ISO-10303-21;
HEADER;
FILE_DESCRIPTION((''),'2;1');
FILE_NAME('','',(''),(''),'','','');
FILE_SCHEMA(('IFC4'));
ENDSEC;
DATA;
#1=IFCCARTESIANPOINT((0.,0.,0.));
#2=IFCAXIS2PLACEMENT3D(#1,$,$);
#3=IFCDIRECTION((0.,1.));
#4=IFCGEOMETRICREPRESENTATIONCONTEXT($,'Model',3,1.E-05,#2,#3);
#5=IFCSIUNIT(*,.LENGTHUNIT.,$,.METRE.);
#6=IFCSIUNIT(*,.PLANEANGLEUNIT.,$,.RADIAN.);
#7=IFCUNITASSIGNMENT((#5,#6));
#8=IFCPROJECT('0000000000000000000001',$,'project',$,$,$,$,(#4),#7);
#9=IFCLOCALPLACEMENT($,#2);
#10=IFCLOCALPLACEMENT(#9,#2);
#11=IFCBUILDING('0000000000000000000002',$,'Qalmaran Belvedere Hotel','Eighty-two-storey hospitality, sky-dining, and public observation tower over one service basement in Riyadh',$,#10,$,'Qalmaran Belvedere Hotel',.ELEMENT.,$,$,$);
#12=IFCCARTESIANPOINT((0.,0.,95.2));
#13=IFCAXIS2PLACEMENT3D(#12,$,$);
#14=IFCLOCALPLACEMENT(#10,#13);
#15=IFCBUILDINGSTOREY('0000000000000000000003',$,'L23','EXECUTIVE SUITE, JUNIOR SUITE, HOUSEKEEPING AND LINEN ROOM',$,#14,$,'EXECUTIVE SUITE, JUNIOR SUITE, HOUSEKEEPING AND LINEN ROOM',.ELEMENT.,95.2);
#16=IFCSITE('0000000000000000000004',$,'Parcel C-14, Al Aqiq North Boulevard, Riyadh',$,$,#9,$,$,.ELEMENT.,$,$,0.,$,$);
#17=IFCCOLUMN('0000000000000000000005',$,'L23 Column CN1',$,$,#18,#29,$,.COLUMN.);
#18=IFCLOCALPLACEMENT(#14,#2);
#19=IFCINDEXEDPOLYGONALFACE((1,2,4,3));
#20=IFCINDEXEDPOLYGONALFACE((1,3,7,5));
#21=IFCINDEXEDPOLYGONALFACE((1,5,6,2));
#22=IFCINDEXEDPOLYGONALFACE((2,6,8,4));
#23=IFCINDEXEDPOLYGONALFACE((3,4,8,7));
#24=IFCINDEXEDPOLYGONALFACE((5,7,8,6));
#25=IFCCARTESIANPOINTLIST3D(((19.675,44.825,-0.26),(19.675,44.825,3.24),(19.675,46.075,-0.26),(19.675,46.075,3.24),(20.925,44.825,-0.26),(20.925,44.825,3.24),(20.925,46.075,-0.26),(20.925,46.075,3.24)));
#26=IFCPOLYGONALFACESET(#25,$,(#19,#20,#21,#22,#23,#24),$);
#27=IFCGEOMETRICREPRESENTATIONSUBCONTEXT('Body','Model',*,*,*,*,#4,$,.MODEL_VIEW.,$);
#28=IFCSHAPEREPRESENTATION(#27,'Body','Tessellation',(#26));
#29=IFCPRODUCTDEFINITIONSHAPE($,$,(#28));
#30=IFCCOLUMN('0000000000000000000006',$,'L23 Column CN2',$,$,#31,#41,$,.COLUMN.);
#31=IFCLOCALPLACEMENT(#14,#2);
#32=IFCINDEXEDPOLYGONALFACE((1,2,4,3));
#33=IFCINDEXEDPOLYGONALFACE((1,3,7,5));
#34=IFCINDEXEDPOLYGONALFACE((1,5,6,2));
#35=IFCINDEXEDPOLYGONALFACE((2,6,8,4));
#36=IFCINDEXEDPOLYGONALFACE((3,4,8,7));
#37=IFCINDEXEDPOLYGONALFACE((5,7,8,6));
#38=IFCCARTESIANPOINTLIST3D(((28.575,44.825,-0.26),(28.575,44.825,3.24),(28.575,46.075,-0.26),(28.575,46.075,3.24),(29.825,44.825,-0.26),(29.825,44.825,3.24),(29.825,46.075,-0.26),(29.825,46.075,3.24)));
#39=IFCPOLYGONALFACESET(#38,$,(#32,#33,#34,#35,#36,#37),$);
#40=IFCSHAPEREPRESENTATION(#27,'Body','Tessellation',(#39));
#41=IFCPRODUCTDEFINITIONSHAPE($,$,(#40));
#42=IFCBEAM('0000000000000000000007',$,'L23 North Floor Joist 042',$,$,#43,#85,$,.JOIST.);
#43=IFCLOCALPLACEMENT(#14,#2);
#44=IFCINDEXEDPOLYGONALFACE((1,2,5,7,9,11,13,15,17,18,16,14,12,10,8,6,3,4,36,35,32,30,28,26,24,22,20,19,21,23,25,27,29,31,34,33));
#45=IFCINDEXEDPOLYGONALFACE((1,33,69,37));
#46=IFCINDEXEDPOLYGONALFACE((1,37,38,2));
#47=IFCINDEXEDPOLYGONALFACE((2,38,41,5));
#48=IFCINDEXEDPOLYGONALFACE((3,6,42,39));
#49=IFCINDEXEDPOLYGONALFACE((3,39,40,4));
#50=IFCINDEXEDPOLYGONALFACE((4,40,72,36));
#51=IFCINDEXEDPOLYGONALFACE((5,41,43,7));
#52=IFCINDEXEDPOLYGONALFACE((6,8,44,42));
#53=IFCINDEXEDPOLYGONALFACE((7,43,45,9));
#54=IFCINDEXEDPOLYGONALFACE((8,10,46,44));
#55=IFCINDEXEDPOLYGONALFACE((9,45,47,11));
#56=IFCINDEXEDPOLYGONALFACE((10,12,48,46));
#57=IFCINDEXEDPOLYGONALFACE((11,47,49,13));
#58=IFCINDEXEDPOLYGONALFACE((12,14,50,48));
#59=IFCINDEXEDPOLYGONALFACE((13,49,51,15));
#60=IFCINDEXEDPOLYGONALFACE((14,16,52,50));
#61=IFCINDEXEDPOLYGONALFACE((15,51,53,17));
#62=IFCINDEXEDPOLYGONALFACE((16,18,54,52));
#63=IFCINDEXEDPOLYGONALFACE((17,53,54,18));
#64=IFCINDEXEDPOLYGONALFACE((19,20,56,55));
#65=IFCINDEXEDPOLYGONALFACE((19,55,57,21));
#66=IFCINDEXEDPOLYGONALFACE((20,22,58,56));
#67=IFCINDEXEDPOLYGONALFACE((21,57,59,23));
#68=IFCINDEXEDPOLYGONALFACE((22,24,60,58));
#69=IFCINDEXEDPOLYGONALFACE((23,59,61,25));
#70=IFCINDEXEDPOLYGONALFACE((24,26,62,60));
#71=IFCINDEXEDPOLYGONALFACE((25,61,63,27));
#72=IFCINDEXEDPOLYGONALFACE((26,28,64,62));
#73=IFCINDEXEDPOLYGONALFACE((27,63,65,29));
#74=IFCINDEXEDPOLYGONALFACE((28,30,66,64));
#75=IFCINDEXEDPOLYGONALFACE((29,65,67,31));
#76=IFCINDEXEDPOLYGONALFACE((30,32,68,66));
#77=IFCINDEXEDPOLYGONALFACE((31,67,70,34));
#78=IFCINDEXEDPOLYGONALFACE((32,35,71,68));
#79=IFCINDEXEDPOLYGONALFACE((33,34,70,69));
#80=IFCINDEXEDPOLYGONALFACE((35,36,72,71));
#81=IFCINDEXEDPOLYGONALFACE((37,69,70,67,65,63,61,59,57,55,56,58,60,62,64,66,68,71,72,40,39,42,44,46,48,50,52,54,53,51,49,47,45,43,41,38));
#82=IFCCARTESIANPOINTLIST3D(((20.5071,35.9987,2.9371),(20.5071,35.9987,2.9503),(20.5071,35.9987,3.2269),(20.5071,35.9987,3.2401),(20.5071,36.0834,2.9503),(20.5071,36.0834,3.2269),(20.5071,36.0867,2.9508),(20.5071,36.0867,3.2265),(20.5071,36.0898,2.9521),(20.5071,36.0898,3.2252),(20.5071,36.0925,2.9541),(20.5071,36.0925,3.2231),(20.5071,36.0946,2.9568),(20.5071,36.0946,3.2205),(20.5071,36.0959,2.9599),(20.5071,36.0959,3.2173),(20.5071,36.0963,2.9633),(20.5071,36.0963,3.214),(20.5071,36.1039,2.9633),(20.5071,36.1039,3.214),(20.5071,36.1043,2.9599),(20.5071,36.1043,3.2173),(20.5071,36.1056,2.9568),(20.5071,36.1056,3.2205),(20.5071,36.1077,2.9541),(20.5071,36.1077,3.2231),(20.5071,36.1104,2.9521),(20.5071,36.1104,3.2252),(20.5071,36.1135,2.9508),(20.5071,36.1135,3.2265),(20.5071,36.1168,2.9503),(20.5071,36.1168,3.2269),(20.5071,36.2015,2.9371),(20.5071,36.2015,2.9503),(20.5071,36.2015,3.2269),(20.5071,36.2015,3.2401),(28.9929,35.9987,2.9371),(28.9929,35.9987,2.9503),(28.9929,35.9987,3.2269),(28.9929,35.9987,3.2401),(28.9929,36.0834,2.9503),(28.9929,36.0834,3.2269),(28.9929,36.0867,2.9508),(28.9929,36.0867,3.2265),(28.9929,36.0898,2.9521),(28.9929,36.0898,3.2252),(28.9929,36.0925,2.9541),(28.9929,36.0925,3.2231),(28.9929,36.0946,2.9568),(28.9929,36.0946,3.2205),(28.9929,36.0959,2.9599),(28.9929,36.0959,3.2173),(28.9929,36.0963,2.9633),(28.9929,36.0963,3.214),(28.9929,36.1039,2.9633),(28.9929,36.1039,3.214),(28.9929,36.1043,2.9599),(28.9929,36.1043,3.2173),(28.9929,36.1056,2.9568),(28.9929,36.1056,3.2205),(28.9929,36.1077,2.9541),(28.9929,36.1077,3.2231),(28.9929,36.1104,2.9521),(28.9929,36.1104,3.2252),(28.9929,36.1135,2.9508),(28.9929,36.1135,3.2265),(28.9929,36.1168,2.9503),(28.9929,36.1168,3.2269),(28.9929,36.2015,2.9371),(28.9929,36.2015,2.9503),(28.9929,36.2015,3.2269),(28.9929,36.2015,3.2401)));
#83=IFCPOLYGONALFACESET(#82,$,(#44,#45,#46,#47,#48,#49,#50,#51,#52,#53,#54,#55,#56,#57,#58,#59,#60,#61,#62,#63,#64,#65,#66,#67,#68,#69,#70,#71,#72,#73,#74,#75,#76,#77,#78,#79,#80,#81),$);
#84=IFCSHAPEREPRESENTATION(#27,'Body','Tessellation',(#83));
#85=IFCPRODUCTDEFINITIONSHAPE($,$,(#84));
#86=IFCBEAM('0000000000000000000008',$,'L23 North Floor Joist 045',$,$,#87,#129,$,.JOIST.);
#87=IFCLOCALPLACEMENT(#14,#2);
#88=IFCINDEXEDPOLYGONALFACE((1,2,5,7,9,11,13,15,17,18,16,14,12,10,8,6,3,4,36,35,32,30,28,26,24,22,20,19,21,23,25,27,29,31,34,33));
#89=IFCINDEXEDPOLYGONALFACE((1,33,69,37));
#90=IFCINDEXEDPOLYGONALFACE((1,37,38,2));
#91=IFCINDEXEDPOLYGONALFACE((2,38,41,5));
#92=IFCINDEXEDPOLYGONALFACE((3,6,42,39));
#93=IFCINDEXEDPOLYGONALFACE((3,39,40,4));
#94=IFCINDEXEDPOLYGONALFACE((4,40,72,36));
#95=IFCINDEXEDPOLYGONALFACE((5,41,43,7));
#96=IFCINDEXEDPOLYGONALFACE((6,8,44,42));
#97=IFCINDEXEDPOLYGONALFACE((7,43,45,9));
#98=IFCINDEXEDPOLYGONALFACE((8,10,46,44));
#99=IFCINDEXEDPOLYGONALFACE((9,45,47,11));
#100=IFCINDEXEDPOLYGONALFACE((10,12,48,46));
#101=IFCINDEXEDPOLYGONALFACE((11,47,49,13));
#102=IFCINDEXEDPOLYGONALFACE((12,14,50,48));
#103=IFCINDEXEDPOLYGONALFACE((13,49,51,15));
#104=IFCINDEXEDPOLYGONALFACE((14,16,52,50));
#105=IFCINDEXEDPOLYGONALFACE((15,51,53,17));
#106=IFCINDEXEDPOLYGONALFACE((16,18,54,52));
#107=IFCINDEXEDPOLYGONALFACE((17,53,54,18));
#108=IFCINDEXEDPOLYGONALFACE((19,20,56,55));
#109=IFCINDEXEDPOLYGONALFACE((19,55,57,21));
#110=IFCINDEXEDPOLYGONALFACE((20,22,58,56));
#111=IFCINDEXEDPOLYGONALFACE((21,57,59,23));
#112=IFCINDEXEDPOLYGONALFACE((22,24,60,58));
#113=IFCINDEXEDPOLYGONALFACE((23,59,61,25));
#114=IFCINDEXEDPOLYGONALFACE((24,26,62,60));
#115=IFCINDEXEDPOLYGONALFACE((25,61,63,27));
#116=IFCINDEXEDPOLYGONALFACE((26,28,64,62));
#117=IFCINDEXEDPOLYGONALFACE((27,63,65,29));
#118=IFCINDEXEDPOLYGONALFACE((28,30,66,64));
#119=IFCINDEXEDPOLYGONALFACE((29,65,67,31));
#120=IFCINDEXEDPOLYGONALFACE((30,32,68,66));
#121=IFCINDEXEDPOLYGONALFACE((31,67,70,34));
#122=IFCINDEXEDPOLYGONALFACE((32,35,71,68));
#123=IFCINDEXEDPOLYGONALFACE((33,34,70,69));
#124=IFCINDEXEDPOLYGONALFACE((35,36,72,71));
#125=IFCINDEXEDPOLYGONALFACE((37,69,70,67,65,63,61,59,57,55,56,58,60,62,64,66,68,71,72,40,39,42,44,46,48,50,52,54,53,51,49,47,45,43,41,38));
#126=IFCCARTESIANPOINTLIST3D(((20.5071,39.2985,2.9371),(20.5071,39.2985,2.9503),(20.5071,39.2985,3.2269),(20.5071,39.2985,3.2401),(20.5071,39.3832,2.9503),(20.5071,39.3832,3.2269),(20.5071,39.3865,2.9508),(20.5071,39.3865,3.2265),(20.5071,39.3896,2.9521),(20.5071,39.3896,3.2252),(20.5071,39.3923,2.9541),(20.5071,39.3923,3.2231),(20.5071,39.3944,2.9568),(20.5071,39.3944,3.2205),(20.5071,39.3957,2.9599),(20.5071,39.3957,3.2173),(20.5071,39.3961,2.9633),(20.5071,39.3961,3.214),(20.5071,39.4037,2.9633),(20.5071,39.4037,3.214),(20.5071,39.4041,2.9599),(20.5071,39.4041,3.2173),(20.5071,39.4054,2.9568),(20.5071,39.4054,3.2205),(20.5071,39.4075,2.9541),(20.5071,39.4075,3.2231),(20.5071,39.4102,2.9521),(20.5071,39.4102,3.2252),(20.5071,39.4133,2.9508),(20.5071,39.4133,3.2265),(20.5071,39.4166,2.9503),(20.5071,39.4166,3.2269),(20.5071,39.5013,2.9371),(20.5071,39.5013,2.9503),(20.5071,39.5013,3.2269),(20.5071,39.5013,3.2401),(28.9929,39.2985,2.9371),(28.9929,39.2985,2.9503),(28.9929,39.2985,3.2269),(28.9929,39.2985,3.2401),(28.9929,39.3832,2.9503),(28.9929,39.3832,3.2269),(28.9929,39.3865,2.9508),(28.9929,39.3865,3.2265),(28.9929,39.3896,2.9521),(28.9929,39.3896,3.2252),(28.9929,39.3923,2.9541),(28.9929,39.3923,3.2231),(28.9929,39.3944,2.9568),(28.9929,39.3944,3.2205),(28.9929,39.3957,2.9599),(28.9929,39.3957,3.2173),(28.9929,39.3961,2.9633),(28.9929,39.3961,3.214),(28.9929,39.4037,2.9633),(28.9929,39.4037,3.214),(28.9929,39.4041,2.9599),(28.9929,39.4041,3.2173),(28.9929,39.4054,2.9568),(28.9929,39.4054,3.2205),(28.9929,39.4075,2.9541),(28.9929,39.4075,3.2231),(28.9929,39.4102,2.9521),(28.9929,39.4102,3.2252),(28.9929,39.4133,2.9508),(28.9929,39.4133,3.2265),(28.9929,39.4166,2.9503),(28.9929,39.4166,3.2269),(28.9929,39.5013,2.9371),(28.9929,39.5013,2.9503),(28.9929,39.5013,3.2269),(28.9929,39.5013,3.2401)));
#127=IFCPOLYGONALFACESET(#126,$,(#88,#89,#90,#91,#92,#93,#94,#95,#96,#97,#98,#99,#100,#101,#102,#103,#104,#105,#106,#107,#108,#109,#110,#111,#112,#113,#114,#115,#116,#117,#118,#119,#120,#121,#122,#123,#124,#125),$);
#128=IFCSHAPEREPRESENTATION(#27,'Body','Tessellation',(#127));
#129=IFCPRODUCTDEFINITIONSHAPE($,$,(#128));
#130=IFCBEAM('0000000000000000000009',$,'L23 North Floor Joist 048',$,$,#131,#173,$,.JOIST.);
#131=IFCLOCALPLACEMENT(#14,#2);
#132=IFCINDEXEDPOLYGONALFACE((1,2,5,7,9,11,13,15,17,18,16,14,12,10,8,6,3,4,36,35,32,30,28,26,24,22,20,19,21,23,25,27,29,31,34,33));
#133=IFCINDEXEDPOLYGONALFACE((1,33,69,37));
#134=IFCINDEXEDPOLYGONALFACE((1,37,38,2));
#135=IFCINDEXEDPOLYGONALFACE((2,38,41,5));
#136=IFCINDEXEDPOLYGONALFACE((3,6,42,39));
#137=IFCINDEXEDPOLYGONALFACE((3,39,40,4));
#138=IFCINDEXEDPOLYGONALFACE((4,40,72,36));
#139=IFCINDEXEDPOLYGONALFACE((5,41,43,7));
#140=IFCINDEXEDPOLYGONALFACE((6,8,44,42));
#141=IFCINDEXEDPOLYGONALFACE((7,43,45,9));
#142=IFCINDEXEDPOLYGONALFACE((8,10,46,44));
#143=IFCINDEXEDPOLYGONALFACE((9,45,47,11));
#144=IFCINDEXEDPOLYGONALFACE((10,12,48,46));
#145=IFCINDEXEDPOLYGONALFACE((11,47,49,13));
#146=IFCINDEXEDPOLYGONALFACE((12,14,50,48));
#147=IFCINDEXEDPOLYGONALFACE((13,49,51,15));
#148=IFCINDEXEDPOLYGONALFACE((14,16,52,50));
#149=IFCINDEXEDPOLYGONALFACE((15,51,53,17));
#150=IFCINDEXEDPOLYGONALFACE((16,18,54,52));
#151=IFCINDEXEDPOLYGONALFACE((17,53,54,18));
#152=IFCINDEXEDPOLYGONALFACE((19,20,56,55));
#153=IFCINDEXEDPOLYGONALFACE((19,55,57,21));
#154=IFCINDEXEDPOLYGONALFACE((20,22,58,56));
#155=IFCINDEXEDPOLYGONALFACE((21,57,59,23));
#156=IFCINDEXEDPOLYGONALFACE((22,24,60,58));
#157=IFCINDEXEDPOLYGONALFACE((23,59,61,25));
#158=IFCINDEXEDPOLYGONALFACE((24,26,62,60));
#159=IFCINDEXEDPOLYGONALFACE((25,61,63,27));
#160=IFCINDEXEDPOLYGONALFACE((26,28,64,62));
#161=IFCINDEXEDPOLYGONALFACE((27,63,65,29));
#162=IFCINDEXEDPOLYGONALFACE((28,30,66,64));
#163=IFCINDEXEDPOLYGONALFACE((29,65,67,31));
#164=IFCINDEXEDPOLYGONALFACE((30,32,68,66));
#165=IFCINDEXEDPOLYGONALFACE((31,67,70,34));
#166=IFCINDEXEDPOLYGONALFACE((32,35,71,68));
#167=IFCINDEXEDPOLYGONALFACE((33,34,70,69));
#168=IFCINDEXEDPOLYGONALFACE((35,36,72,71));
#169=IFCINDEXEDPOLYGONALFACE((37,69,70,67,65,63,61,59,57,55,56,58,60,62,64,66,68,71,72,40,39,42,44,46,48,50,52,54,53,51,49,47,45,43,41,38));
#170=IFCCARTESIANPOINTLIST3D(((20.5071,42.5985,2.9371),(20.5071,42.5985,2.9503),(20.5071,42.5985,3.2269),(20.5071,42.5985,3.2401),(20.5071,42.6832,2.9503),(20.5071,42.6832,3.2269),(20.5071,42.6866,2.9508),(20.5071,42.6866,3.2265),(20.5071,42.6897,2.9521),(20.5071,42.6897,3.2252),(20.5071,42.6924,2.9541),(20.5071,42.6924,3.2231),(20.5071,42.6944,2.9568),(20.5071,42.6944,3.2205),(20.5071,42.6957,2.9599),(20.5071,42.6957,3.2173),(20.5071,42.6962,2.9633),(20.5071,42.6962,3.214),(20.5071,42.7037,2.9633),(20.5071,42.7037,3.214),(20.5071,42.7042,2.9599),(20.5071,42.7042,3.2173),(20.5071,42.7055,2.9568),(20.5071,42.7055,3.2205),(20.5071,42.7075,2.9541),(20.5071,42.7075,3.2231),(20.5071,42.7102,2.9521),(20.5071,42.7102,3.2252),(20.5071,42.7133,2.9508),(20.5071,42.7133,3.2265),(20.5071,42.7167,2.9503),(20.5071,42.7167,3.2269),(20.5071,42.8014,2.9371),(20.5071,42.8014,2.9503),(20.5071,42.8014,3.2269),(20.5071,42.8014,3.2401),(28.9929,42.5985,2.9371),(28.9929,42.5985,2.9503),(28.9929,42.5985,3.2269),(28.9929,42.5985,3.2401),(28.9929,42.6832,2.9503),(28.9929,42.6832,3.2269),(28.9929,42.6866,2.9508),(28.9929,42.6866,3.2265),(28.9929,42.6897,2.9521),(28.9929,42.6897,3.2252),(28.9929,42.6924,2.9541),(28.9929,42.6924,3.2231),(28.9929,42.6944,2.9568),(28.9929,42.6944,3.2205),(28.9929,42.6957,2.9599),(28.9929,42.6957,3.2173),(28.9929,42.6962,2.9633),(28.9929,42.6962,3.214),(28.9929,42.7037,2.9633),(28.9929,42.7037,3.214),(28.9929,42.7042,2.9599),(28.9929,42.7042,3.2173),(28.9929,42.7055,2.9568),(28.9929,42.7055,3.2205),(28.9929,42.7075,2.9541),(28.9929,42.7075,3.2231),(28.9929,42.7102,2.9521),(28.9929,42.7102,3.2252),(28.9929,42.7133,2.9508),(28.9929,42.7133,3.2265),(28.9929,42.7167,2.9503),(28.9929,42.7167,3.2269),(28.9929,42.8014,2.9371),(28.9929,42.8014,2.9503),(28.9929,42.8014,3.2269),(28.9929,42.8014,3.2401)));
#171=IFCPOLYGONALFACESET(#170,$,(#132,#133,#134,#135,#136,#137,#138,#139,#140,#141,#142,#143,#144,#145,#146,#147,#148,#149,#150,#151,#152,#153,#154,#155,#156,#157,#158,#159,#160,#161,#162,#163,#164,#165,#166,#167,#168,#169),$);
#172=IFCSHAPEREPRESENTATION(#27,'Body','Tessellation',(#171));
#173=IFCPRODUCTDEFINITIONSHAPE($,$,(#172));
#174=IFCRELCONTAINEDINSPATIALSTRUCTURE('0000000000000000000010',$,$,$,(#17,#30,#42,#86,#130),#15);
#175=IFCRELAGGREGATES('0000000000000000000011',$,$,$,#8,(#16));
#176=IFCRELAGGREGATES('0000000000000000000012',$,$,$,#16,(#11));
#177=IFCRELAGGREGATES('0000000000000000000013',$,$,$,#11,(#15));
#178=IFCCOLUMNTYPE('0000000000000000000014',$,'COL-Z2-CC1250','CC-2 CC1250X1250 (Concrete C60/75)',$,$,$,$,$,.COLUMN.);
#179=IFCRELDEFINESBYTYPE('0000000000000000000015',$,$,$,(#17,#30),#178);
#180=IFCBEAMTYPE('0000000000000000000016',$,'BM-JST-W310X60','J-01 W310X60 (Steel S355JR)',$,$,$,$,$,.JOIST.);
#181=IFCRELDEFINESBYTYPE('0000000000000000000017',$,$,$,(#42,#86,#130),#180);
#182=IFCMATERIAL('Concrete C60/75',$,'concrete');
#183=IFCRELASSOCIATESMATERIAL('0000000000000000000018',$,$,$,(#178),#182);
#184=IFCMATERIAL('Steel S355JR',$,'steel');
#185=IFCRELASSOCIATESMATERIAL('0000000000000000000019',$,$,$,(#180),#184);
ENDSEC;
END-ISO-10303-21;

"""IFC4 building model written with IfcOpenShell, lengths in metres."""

from ifc_helpers import new_model, si_unit, direction, frame, origin, origin_2d, place, context, subcontext, project, spatial, rectangle, i_section, extrude, material, material_profile, profile_set, type_object, element, save


model = new_model("IFC4")

# Units and contexts
model_context = context("Model", 3, precision=1e-05, world=origin(), true_north=direction((0.0, 1.0)))
body_context = subcontext(model_context, "Body", "Model", "MODEL_VIEW")
ifc_project = project(units=[si_unit("LENGTHUNIT", "METRE"), si_unit("PLANEANGLEUNIT", "RADIAN")], contexts=[model_context])

# Site, building, storey
site_placement = place(None, origin())
site = spatial("IfcSite", under=ifc_project, at=site_placement, Name="Parcel C-14, Al Aqiq North Boulevard, Riyadh", CompositionType="ELEMENT", RefElevation=0.0)
building_placement = place(site_placement, origin())
building = spatial("IfcBuilding", under=site, at=building_placement, Name="Qalmaran Belvedere Hotel", Description="Eighty-two-storey hospitality, sky-dining, and public observation tower over one service basement in Riyadh", LongName="Qalmaran Belvedere Hotel", CompositionType="ELEMENT")
storey_placement = place(building_placement, frame((0.0, 0.0, 95.2)))
storey = spatial("IfcBuildingStorey", under=building, at=storey_placement, Name="L23", Description="EXECUTIVE SUITE, JUNIOR SUITE, HOUSEKEEPING AND LINEN ROOM", LongName="EXECUTIVE SUITE, JUNIOR SUITE, HOUSEKEEPING AND LINEN ROOM", CompositionType="ELEMENT", Elevation=95.2)

# Columns
ifc_material_1 = material(Name="Concrete C60/75", Category="concrete")
ifc_material_profile_1 = material_profile(ifc_material_1, rectangle(XDim=1.25, YDim=1.25, at=origin_2d()), Name="CC1250X1250")
ifc_profile_set_1 = profile_set([ifc_material_profile_1], Name="Concrete C60/75")
column_type = type_object("IfcColumnType", Name="COL-Z2-CC1250", Description="CC-2 CC1250X1250 (Concrete C60/75)", PredefinedType="COLUMN", material=ifc_profile_set_1)
for number, where, z_axis, x_axis, name in (
    (1, (20.3, 45.45, -0.26), (0.0, 0.0, 1.0), (1.0, 0.0, 0.0), "L23 Column CN1"),
    (2, (29.2, 45.45, -0.26), (0.0, 0.0, 1.0), (1.0, 0.0, 0.0), "L23 Column CN2"),
):
    element("IfcColumn", number, at=place(storey_placement, frame(where, z_axis=z_axis, x_axis=x_axis)), inside=storey, type_object=column_type, Name=name, PredefinedType="COLUMN", context=body_context, shape_type="SweptSolid", body=[
        extrude(rectangle(XDim=1.25, YDim=1.25, at=origin_2d()), origin(), (0.0, 0.0, 1.0), 3.5),
    ])

# Beams
ifc_material_2 = material(Name="Steel S355JR", Category="steel")
ifc_material_profile_2 = material_profile(ifc_material_2, i_section(OverallWidth=0.2029, OverallDepth=0.303, WebThickness=0.0076, FlangeThickness=0.0132, FilletRadius=0.0129, at=origin_2d()), Name="W310X60")
ifc_profile_set_2 = profile_set([ifc_material_profile_2], Name="Steel S355JR")
beam_type_1 = type_object("IfcBeamType", Name="BM-JST-W310X60", Description="J-01 W310X60 (Steel S355JR)", PredefinedType="JOIST", material=ifc_profile_set_2)
for number, where, z_axis, x_axis, name in (
    (3, (20.5071, 36.1001, 3.0886), (1.0, 0.0, 0.0), (0.0, 1.0, 0.0), "L23 North Floor Joist 042"),
    (4, (20.5071, 39.3999, 3.0886), (1.0, 0.0, 0.0), (0.0, 1.0, 0.0), "L23 North Floor Joist 045"),
    (5, (20.5071, 42.7, 3.0886), (1.0, 0.0, 0.0), (0.0, 1.0, 0.0), "L23 North Floor Joist 048"),
):
    element("IfcBeam", number, at=place(storey_placement, frame(where, z_axis=z_axis, x_axis=x_axis)), inside=storey, type_object=beam_type_1, Name=name, PredefinedType="JOIST", context=body_context, shape_type="SweptSolid", body=[
        extrude(i_section(OverallWidth=0.2029, OverallDepth=0.303, WebThickness=0.0076, FlangeThickness=0.0132, FilletRadius=0.0129, at=origin_2d()), origin(), (0.0, 0.0, 1.0), 8.4858),
    ])

save(model, "model.ifc")
